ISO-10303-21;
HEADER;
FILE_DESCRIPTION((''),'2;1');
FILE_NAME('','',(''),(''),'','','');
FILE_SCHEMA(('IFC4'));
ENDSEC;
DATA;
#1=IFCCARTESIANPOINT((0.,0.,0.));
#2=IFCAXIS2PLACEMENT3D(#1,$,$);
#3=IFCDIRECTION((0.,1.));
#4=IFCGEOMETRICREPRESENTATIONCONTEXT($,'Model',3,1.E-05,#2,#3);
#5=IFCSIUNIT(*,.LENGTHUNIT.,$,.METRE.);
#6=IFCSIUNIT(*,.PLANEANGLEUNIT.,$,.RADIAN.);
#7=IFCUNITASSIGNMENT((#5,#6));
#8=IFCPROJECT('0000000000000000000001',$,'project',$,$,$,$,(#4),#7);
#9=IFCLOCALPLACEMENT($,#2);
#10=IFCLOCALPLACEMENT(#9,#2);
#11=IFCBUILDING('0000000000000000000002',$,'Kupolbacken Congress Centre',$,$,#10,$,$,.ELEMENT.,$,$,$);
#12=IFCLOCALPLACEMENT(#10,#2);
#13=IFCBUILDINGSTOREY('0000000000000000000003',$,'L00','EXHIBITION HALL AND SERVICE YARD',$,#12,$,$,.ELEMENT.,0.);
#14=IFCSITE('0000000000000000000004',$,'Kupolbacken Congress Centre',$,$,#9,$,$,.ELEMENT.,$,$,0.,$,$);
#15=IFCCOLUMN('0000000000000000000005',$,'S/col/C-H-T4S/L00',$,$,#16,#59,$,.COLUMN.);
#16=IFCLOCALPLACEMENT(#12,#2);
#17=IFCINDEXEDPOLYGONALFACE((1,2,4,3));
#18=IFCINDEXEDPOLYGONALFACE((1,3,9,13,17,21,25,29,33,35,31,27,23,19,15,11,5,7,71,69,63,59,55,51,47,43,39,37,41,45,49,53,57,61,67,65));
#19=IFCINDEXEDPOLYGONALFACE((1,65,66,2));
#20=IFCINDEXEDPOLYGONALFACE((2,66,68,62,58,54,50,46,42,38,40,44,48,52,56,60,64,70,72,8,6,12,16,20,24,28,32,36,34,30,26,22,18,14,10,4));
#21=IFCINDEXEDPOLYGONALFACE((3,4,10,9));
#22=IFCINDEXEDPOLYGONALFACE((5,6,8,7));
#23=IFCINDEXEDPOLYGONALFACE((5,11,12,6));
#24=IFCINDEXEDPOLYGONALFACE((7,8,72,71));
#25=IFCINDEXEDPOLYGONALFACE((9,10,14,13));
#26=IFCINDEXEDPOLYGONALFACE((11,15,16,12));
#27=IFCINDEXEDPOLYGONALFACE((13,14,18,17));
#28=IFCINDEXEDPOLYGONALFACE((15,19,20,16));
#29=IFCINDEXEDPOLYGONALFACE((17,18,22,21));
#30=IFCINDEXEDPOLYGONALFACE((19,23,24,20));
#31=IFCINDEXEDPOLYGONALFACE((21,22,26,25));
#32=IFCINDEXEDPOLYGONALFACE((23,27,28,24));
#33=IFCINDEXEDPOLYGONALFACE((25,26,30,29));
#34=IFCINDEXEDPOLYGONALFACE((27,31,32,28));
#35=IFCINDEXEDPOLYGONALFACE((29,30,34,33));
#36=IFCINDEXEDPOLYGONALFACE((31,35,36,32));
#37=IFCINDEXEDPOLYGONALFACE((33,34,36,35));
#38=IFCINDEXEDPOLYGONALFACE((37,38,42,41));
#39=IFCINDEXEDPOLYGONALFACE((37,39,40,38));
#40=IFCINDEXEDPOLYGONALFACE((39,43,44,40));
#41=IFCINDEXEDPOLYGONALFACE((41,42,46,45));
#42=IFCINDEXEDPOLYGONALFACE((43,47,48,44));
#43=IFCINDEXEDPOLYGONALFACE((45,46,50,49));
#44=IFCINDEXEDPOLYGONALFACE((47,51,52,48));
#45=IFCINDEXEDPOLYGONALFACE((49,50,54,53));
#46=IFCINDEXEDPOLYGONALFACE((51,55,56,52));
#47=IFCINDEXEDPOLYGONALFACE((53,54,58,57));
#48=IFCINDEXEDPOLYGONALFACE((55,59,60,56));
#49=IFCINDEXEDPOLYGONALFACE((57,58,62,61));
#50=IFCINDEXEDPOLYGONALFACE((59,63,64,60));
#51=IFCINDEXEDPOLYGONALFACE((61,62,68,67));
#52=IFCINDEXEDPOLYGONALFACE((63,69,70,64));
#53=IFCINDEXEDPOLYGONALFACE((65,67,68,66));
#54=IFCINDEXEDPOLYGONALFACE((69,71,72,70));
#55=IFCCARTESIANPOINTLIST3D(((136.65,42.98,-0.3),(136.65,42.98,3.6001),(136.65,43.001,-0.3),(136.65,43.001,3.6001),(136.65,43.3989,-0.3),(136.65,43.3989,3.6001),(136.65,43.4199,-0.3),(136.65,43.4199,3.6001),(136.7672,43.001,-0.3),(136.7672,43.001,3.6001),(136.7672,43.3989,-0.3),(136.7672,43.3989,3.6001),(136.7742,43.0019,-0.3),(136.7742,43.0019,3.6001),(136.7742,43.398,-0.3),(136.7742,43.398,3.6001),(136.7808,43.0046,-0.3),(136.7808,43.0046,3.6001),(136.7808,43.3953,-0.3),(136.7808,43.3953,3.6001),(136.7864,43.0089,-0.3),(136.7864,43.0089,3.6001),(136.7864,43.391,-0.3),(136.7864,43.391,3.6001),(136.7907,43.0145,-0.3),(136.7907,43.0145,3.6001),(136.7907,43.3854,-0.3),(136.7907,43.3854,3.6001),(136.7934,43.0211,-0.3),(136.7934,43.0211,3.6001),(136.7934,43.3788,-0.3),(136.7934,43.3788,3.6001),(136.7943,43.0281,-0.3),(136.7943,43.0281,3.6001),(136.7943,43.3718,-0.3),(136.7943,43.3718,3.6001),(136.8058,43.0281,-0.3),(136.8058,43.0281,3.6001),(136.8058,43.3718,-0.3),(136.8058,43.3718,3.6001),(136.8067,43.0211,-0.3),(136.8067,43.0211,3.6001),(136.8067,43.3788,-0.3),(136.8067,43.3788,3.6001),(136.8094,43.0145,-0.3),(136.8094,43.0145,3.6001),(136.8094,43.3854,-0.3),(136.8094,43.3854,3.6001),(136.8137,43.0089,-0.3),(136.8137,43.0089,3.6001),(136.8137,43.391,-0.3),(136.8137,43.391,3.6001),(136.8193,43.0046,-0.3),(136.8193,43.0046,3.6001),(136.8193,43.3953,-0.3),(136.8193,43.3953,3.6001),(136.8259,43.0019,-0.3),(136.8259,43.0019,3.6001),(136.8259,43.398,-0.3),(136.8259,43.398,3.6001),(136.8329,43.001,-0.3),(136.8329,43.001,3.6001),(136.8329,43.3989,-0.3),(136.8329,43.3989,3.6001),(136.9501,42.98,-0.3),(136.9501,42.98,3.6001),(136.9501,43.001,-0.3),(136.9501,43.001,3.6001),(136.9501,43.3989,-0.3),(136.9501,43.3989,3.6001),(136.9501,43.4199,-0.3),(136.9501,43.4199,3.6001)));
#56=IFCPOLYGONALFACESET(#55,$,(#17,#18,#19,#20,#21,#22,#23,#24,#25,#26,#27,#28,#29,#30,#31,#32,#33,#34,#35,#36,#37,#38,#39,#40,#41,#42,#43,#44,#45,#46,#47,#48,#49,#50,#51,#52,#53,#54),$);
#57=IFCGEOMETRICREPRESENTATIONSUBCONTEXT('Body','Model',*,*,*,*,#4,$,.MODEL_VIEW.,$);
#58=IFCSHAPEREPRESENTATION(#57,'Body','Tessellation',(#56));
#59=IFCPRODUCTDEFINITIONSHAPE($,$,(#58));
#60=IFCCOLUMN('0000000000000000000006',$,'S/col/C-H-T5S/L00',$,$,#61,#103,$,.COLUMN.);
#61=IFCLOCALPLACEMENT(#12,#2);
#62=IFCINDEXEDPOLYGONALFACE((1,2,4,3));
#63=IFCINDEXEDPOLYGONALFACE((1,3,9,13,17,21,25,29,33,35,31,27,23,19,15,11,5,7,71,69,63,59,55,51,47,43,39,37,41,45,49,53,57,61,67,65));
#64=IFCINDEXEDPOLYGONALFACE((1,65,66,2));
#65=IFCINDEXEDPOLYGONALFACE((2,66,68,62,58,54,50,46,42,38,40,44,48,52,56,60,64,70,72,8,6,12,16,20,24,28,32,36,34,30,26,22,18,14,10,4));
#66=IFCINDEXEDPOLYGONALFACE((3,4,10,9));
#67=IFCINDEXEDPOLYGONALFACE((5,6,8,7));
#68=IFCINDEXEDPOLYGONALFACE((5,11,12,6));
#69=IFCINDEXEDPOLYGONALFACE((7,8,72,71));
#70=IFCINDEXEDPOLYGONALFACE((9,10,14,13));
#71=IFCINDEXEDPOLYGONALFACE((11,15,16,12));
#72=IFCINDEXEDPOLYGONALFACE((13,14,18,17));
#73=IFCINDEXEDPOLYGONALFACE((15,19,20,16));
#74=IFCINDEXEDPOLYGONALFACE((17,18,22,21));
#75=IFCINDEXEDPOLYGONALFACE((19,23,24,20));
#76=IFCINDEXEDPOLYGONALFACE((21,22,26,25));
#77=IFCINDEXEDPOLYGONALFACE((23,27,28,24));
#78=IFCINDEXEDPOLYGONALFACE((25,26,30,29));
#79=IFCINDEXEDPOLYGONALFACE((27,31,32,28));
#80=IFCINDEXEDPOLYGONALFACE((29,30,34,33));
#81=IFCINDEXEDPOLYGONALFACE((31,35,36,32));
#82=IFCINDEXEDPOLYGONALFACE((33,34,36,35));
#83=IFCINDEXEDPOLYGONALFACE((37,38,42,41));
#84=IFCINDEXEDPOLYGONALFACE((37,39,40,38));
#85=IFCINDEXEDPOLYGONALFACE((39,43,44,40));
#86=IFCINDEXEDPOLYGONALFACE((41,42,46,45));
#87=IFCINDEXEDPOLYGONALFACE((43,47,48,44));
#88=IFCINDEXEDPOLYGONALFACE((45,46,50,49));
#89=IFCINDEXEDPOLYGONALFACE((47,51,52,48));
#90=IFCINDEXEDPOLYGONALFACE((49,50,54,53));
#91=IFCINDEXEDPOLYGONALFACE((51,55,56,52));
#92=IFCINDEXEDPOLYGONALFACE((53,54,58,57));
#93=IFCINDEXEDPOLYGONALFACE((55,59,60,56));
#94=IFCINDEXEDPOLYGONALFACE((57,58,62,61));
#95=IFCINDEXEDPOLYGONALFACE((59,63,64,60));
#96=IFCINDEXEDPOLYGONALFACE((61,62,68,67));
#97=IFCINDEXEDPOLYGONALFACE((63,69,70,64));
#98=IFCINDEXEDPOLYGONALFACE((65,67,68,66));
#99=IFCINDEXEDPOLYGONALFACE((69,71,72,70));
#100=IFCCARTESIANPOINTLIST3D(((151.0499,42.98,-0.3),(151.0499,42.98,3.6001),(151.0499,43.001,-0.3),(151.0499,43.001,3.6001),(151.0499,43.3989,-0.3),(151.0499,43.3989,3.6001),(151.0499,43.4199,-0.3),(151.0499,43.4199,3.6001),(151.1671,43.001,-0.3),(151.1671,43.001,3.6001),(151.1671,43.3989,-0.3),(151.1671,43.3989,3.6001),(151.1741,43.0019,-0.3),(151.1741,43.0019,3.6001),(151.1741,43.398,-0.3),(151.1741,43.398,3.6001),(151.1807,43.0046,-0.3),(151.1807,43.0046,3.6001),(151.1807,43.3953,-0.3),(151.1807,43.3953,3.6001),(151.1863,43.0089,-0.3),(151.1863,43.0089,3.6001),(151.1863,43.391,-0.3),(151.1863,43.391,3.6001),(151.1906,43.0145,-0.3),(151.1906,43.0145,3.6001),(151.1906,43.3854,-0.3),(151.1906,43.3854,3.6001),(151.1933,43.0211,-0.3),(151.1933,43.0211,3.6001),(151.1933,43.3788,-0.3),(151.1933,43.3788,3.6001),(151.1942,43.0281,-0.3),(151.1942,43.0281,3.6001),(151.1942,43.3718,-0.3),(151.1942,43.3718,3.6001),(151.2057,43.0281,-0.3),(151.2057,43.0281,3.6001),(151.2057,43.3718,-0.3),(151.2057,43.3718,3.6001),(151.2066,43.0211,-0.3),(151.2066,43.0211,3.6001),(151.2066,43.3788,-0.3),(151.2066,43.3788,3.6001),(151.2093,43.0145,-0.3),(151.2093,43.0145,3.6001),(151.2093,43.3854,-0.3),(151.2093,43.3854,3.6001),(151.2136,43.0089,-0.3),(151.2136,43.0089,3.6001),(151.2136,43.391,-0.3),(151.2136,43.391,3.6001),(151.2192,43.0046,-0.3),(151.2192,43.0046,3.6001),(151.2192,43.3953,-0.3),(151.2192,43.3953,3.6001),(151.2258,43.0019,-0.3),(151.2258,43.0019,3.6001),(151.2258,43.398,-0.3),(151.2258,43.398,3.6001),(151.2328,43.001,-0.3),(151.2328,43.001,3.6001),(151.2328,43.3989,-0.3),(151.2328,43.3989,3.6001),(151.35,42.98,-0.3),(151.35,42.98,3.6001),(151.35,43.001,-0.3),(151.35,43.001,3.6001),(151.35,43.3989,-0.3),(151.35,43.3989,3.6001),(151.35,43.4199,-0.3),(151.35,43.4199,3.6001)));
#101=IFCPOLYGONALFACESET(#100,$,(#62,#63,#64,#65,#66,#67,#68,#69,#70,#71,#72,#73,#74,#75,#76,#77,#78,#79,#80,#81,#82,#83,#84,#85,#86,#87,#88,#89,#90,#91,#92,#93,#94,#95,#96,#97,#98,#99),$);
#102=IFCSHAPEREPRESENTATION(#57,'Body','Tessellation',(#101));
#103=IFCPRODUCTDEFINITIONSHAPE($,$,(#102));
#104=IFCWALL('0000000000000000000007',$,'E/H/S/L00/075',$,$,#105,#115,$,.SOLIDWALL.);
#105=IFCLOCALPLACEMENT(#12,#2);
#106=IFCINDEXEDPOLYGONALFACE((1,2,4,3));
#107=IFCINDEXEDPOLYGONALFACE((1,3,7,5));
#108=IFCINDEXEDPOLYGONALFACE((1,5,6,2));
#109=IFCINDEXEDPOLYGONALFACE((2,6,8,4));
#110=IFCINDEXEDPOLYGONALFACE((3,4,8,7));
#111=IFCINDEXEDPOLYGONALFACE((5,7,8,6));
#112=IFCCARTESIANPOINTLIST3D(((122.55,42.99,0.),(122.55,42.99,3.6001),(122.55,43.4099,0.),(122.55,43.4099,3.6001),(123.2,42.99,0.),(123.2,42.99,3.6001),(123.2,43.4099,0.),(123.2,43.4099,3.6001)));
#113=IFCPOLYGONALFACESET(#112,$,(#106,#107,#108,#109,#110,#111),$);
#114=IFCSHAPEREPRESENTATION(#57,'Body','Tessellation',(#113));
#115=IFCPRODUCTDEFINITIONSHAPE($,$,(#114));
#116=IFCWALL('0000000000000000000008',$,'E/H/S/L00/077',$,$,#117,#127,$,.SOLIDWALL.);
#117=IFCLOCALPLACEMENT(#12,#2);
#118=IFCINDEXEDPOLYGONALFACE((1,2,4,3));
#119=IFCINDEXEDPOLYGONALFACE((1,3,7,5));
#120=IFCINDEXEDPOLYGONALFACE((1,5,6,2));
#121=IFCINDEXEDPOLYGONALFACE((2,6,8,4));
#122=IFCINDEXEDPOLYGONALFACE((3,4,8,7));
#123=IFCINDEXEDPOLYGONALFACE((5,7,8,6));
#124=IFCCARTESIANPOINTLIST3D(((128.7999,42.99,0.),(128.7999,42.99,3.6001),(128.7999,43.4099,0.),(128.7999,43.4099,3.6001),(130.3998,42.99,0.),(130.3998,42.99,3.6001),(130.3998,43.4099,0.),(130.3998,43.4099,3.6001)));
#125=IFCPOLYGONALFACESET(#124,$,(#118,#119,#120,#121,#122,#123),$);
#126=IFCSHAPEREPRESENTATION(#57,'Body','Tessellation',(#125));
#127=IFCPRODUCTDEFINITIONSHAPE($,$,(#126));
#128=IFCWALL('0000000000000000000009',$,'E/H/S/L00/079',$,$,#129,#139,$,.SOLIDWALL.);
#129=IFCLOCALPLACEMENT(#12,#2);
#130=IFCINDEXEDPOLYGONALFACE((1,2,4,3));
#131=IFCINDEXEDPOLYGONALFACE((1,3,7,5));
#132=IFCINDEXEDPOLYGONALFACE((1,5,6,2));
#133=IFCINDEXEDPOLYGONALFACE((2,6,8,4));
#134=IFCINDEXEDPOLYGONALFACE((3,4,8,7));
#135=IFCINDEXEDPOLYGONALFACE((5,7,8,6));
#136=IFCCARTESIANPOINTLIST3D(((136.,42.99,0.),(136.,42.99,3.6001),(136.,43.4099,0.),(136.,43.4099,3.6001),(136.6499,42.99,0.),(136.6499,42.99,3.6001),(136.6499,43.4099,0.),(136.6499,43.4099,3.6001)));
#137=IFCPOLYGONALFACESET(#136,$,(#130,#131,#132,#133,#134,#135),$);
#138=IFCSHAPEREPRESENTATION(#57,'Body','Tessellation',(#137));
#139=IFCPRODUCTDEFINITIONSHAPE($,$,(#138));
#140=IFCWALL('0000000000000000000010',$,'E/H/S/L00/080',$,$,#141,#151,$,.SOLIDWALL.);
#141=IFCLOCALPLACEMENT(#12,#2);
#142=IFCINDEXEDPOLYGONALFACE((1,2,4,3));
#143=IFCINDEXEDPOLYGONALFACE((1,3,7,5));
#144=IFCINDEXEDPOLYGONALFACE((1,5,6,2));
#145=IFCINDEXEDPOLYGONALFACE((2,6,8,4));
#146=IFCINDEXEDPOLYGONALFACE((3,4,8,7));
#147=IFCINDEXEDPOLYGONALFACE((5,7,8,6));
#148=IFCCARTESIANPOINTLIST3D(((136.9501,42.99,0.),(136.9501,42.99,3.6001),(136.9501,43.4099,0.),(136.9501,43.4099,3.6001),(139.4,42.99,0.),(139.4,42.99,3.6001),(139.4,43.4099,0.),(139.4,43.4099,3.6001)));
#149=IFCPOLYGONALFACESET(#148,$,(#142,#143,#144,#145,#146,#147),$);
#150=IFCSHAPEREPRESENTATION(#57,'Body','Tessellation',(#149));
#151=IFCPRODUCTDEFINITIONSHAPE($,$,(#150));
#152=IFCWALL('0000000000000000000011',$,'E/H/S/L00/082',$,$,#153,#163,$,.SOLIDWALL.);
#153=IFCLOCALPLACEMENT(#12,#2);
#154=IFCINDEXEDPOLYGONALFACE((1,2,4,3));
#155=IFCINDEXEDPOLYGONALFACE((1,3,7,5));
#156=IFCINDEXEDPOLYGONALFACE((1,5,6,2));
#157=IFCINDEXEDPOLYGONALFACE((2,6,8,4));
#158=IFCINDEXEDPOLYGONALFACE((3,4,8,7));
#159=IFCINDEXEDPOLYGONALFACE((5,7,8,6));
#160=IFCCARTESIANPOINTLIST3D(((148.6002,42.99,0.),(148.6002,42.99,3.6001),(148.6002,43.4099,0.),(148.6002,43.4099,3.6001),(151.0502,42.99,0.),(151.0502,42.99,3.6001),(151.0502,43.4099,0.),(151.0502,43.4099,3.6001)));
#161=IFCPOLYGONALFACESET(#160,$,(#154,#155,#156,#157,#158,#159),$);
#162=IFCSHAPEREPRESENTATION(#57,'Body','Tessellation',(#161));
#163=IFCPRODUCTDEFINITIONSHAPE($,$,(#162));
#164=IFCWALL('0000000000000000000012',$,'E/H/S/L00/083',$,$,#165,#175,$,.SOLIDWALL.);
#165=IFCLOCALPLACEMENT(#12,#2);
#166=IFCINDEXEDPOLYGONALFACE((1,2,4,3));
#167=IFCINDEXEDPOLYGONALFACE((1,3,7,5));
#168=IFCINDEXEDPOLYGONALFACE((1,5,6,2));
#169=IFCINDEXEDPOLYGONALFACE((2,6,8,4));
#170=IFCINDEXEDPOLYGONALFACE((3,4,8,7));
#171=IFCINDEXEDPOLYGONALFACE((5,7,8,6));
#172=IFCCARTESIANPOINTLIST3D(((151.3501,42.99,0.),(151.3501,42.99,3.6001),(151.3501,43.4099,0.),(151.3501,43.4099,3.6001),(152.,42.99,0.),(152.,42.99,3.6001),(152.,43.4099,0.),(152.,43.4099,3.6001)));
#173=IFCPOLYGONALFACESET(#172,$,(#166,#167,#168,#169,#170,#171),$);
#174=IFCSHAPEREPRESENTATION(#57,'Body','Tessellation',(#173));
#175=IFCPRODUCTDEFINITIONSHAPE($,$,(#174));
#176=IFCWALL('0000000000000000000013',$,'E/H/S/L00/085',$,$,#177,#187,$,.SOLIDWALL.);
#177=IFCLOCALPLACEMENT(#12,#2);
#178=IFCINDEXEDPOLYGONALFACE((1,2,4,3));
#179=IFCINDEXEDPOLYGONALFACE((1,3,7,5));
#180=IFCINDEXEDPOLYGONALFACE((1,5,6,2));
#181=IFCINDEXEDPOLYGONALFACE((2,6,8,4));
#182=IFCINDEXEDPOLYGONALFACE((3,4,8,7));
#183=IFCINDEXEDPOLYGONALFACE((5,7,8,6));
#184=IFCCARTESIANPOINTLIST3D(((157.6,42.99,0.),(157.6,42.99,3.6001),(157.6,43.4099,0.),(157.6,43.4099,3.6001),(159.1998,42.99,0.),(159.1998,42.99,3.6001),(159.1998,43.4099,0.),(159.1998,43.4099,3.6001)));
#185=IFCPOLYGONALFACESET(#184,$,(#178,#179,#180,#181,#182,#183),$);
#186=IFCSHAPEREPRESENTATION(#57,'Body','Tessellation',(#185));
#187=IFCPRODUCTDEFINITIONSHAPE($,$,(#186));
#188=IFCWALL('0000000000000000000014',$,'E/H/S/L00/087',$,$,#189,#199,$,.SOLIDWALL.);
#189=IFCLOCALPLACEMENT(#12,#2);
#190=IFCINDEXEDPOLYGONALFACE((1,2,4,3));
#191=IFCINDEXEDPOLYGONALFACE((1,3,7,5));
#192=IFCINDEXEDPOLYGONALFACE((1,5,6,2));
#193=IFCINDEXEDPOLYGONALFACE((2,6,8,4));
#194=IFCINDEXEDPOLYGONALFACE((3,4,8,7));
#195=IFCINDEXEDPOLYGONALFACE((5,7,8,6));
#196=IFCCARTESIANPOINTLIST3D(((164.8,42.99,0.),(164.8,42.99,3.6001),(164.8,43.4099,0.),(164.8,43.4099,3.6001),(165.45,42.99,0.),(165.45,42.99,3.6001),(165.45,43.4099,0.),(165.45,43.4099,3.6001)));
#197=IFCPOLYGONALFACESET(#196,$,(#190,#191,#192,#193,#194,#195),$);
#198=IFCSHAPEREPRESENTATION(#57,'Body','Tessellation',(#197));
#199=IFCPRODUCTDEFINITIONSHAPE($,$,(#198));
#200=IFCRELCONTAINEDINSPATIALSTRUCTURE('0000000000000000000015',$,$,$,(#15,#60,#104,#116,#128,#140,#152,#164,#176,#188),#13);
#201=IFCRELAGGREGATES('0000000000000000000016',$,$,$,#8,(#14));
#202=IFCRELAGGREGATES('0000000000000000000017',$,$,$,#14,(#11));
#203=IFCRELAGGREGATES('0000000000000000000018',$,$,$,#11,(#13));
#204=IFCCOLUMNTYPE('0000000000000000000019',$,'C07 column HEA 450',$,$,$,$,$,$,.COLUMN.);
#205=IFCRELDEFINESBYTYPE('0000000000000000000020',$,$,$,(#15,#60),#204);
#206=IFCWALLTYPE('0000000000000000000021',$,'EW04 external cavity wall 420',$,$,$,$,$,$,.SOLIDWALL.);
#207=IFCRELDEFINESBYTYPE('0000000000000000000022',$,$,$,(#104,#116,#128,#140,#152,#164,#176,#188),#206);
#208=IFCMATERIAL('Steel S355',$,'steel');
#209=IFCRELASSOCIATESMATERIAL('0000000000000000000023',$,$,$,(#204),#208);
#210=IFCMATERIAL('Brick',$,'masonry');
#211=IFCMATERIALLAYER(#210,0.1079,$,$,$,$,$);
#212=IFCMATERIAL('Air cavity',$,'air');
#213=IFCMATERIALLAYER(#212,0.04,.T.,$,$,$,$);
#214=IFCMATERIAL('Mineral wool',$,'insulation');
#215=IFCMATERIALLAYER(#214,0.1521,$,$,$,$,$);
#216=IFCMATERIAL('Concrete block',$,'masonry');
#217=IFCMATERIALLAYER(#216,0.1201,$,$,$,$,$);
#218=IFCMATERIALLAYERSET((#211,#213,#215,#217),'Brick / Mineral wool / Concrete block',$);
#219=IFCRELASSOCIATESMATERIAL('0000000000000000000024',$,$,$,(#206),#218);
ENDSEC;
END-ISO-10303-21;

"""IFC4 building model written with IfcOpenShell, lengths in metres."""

from ifc_helpers import new_model, si_unit, direction, frame, frame_2d, origin, origin_2d, place, context, subcontext, project, spatial, rectangle, i_section, extrude, material, layer, layer_set, material_profile, profile_set, type_object, element, save


model = new_model("IFC4")

# Units and contexts
model_context = context("Model", 3, precision=1e-05, world=origin(), true_north=direction((0.0, 1.0)))
body_context = subcontext(model_context, "Body", "Model", "MODEL_VIEW")
ifc_project = project(units=[si_unit("LENGTHUNIT", "METRE"), si_unit("PLANEANGLEUNIT", "RADIAN")], contexts=[model_context])

# Site, building, storey
site_placement = place(None, origin())
site = spatial("IfcSite", under=ifc_project, at=site_placement, Name="Kupolbacken Congress Centre", CompositionType="ELEMENT", RefElevation=0.0)
building_placement = place(site_placement, origin())
building = spatial("IfcBuilding", under=site, at=building_placement, Name="Kupolbacken Congress Centre", CompositionType="ELEMENT")
storey_placement = place(building_placement, origin())
storey = spatial("IfcBuildingStorey", under=building, at=storey_placement, Name="L00", Description="EXHIBITION HALL AND SERVICE YARD", CompositionType="ELEMENT", Elevation=0.0)

# Columns
ifc_material_1 = material(Name="Steel S355", Category="steel")
ifc_material_profile_1 = material_profile(ifc_material_1, i_section(OverallWidth=0.3, OverallDepth=0.4399, WebThickness=0.0115, FlangeThickness=0.021, FilletRadius=0.0271, at=origin_2d()), Name="HEA 450")
ifc_profile_set_1 = profile_set([ifc_material_profile_1], Name="Steel S355")
column_type = type_object("IfcColumnType", Name="C07 column HEA 450", PredefinedType="COLUMN", material=ifc_profile_set_1)
for number, where, z_axis, x_axis, name in (
    (1, (136.8, 43.2, -0.3), (0.0, 0.0, 1.0), (1.0, 0.0, 0.0), "S/col/C-H-T4S/L00"),
    (2, (151.2, 43.2, -0.3), (0.0, 0.0, 1.0), (1.0, 0.0, 0.0), "S/col/C-H-T5S/L00"),
):
    element("IfcColumn", number, at=place(storey_placement, frame(where, z_axis=z_axis, x_axis=x_axis)), inside=storey, type_object=column_type, Name=name, PredefinedType="COLUMN", context=body_context, shape_type="SweptSolid", body=[
        extrude(i_section(OverallWidth=0.3, OverallDepth=0.4399, WebThickness=0.0115, FlangeThickness=0.021, FilletRadius=0.0271, at=origin_2d()), origin(), (0.0, 0.0, 1.0), 3.9001),
    ])

# Walls
ifc_material_2 = material(Name="Brick", Category="masonry")
ifc_layer_1 = layer(ifc_material_2, 0.1079)
ifc_material_3 = material(Name="Air cavity", Category="air")
ifc_layer_2 = layer(ifc_material_3, 0.04, ventilated=True)
ifc_material_4 = material(Name="Mineral wool", Category="insulation")
ifc_layer_3 = layer(ifc_material_4, 0.1521)
ifc_material_5 = material(Name="Concrete block", Category="masonry")
ifc_layer_4 = layer(ifc_material_5, 0.1201)
ifc_layer_set_1 = layer_set([ifc_layer_1, ifc_layer_2, ifc_layer_3, ifc_layer_4], Name="Brick / Mineral wool / Concrete block")
wall_type_1 = type_object("IfcWallType", Name="EW04 external cavity wall 420", PredefinedType="SOLIDWALL", material=ifc_layer_set_1)
wall_1_placement = place(storey_placement, frame((122.55, 43.2, 0.0), z_axis=(0.0, 0.0, 1.0), x_axis=(1.0, 0.0, 0.0)))
element("IfcWall", 3, at=wall_1_placement, inside=storey, type_object=wall_type_1, Name="E/H/S/L00/075", PredefinedType="SOLIDWALL", context=body_context, shape_type="SweptSolid", body=[
    extrude(rectangle(XDim=0.6499, YDim=0.4199, at=frame_2d((0.325, 0.0))), origin(), (0.0, 0.0, 1.0), 3.6001),
])
wall_2_placement = place(storey_placement, frame((128.8, 43.2, 0.0), z_axis=(0.0, 0.0, 1.0), x_axis=(1.0, 0.0, 0.0)))
element("IfcWall", 4, at=wall_2_placement, inside=storey, type_object=wall_type_1, Name="E/H/S/L00/077", PredefinedType="SOLIDWALL", context=body_context, shape_type="SweptSolid", body=[
    extrude(rectangle(XDim=1.5999, YDim=0.4199, at=frame_2d((0.7998, 0.0))), origin(), (0.0, 0.0, 1.0), 3.6001),
])
wall_3_placement = place(storey_placement, frame((136.0, 43.2, 0.0), z_axis=(0.0, 0.0, 1.0), x_axis=(1.0, 0.0, 0.0)))
element("IfcWall", 5, at=wall_3_placement, inside=storey, type_object=wall_type_1, Name="E/H/S/L00/079", PredefinedType="SOLIDWALL", context=body_context, shape_type="SweptSolid", body=[
    extrude(rectangle(XDim=0.6499, YDim=0.4199, at=frame_2d((0.325, 0.0))), origin(), (0.0, 0.0, 1.0), 3.6001),
])
for number, where, z_axis, x_axis, name in (
    (6, (136.95, 43.2, 0.0), (0.0, 0.0, 1.0), (1.0, 0.0, 0.0), "E/H/S/L00/080"),
    (7, (148.6001, 43.2, 0.0), (0.0, 0.0, 1.0), (1.0, 0.0, 0.0), "E/H/S/L00/082"),
):
    element("IfcWall", number, at=place(storey_placement, frame(where, z_axis=z_axis, x_axis=x_axis)), inside=storey, type_object=wall_type_1, Name=name, PredefinedType="SOLIDWALL", context=body_context, shape_type="SweptSolid", body=[
        extrude(rectangle(XDim=2.45, YDim=0.4199, at=frame_2d((1.2251, 0.0))), origin(), (0.0, 0.0, 1.0), 3.6001),
    ])
wall_4_placement = place(storey_placement, frame((151.3501, 43.2, 0.0), z_axis=(0.0, 0.0, 1.0), x_axis=(1.0, 0.0, 0.0)))
element("IfcWall", 8, at=wall_4_placement, inside=storey, type_object=wall_type_1, Name="E/H/S/L00/083", PredefinedType="SOLIDWALL", context=body_context, shape_type="SweptSolid", body=[
    extrude(rectangle(XDim=0.6499, YDim=0.4199, at=frame_2d((0.325, 0.0))), origin(), (0.0, 0.0, 1.0), 3.6001),
])
wall_5_placement = place(storey_placement, frame((157.6001, 43.2, 0.0), z_axis=(0.0, 0.0, 1.0), x_axis=(1.0, 0.0, 0.0)))
element("IfcWall", 9, at=wall_5_placement, inside=storey, type_object=wall_type_1, Name="E/H/S/L00/085", PredefinedType="SOLIDWALL", context=body_context, shape_type="SweptSolid", body=[
    extrude(rectangle(XDim=1.5999, YDim=0.4199, at=frame_2d((0.7998, 0.0))), origin(), (0.0, 0.0, 1.0), 3.6001),
])
wall_6_placement = place(storey_placement, frame((164.8, 43.2, 0.0), z_axis=(0.0, 0.0, 1.0), x_axis=(1.0, 0.0, 0.0)))
element("IfcWall", 10, at=wall_6_placement, inside=storey, type_object=wall_type_1, Name="E/H/S/L00/087", PredefinedType="SOLIDWALL", context=body_context, shape_type="SweptSolid", body=[
    extrude(rectangle(XDim=0.6499, YDim=0.4199, at=frame_2d((0.325, 0.0))), origin(), (0.0, 0.0, 1.0), 3.6001),
])

save(model, "model.ifc")
